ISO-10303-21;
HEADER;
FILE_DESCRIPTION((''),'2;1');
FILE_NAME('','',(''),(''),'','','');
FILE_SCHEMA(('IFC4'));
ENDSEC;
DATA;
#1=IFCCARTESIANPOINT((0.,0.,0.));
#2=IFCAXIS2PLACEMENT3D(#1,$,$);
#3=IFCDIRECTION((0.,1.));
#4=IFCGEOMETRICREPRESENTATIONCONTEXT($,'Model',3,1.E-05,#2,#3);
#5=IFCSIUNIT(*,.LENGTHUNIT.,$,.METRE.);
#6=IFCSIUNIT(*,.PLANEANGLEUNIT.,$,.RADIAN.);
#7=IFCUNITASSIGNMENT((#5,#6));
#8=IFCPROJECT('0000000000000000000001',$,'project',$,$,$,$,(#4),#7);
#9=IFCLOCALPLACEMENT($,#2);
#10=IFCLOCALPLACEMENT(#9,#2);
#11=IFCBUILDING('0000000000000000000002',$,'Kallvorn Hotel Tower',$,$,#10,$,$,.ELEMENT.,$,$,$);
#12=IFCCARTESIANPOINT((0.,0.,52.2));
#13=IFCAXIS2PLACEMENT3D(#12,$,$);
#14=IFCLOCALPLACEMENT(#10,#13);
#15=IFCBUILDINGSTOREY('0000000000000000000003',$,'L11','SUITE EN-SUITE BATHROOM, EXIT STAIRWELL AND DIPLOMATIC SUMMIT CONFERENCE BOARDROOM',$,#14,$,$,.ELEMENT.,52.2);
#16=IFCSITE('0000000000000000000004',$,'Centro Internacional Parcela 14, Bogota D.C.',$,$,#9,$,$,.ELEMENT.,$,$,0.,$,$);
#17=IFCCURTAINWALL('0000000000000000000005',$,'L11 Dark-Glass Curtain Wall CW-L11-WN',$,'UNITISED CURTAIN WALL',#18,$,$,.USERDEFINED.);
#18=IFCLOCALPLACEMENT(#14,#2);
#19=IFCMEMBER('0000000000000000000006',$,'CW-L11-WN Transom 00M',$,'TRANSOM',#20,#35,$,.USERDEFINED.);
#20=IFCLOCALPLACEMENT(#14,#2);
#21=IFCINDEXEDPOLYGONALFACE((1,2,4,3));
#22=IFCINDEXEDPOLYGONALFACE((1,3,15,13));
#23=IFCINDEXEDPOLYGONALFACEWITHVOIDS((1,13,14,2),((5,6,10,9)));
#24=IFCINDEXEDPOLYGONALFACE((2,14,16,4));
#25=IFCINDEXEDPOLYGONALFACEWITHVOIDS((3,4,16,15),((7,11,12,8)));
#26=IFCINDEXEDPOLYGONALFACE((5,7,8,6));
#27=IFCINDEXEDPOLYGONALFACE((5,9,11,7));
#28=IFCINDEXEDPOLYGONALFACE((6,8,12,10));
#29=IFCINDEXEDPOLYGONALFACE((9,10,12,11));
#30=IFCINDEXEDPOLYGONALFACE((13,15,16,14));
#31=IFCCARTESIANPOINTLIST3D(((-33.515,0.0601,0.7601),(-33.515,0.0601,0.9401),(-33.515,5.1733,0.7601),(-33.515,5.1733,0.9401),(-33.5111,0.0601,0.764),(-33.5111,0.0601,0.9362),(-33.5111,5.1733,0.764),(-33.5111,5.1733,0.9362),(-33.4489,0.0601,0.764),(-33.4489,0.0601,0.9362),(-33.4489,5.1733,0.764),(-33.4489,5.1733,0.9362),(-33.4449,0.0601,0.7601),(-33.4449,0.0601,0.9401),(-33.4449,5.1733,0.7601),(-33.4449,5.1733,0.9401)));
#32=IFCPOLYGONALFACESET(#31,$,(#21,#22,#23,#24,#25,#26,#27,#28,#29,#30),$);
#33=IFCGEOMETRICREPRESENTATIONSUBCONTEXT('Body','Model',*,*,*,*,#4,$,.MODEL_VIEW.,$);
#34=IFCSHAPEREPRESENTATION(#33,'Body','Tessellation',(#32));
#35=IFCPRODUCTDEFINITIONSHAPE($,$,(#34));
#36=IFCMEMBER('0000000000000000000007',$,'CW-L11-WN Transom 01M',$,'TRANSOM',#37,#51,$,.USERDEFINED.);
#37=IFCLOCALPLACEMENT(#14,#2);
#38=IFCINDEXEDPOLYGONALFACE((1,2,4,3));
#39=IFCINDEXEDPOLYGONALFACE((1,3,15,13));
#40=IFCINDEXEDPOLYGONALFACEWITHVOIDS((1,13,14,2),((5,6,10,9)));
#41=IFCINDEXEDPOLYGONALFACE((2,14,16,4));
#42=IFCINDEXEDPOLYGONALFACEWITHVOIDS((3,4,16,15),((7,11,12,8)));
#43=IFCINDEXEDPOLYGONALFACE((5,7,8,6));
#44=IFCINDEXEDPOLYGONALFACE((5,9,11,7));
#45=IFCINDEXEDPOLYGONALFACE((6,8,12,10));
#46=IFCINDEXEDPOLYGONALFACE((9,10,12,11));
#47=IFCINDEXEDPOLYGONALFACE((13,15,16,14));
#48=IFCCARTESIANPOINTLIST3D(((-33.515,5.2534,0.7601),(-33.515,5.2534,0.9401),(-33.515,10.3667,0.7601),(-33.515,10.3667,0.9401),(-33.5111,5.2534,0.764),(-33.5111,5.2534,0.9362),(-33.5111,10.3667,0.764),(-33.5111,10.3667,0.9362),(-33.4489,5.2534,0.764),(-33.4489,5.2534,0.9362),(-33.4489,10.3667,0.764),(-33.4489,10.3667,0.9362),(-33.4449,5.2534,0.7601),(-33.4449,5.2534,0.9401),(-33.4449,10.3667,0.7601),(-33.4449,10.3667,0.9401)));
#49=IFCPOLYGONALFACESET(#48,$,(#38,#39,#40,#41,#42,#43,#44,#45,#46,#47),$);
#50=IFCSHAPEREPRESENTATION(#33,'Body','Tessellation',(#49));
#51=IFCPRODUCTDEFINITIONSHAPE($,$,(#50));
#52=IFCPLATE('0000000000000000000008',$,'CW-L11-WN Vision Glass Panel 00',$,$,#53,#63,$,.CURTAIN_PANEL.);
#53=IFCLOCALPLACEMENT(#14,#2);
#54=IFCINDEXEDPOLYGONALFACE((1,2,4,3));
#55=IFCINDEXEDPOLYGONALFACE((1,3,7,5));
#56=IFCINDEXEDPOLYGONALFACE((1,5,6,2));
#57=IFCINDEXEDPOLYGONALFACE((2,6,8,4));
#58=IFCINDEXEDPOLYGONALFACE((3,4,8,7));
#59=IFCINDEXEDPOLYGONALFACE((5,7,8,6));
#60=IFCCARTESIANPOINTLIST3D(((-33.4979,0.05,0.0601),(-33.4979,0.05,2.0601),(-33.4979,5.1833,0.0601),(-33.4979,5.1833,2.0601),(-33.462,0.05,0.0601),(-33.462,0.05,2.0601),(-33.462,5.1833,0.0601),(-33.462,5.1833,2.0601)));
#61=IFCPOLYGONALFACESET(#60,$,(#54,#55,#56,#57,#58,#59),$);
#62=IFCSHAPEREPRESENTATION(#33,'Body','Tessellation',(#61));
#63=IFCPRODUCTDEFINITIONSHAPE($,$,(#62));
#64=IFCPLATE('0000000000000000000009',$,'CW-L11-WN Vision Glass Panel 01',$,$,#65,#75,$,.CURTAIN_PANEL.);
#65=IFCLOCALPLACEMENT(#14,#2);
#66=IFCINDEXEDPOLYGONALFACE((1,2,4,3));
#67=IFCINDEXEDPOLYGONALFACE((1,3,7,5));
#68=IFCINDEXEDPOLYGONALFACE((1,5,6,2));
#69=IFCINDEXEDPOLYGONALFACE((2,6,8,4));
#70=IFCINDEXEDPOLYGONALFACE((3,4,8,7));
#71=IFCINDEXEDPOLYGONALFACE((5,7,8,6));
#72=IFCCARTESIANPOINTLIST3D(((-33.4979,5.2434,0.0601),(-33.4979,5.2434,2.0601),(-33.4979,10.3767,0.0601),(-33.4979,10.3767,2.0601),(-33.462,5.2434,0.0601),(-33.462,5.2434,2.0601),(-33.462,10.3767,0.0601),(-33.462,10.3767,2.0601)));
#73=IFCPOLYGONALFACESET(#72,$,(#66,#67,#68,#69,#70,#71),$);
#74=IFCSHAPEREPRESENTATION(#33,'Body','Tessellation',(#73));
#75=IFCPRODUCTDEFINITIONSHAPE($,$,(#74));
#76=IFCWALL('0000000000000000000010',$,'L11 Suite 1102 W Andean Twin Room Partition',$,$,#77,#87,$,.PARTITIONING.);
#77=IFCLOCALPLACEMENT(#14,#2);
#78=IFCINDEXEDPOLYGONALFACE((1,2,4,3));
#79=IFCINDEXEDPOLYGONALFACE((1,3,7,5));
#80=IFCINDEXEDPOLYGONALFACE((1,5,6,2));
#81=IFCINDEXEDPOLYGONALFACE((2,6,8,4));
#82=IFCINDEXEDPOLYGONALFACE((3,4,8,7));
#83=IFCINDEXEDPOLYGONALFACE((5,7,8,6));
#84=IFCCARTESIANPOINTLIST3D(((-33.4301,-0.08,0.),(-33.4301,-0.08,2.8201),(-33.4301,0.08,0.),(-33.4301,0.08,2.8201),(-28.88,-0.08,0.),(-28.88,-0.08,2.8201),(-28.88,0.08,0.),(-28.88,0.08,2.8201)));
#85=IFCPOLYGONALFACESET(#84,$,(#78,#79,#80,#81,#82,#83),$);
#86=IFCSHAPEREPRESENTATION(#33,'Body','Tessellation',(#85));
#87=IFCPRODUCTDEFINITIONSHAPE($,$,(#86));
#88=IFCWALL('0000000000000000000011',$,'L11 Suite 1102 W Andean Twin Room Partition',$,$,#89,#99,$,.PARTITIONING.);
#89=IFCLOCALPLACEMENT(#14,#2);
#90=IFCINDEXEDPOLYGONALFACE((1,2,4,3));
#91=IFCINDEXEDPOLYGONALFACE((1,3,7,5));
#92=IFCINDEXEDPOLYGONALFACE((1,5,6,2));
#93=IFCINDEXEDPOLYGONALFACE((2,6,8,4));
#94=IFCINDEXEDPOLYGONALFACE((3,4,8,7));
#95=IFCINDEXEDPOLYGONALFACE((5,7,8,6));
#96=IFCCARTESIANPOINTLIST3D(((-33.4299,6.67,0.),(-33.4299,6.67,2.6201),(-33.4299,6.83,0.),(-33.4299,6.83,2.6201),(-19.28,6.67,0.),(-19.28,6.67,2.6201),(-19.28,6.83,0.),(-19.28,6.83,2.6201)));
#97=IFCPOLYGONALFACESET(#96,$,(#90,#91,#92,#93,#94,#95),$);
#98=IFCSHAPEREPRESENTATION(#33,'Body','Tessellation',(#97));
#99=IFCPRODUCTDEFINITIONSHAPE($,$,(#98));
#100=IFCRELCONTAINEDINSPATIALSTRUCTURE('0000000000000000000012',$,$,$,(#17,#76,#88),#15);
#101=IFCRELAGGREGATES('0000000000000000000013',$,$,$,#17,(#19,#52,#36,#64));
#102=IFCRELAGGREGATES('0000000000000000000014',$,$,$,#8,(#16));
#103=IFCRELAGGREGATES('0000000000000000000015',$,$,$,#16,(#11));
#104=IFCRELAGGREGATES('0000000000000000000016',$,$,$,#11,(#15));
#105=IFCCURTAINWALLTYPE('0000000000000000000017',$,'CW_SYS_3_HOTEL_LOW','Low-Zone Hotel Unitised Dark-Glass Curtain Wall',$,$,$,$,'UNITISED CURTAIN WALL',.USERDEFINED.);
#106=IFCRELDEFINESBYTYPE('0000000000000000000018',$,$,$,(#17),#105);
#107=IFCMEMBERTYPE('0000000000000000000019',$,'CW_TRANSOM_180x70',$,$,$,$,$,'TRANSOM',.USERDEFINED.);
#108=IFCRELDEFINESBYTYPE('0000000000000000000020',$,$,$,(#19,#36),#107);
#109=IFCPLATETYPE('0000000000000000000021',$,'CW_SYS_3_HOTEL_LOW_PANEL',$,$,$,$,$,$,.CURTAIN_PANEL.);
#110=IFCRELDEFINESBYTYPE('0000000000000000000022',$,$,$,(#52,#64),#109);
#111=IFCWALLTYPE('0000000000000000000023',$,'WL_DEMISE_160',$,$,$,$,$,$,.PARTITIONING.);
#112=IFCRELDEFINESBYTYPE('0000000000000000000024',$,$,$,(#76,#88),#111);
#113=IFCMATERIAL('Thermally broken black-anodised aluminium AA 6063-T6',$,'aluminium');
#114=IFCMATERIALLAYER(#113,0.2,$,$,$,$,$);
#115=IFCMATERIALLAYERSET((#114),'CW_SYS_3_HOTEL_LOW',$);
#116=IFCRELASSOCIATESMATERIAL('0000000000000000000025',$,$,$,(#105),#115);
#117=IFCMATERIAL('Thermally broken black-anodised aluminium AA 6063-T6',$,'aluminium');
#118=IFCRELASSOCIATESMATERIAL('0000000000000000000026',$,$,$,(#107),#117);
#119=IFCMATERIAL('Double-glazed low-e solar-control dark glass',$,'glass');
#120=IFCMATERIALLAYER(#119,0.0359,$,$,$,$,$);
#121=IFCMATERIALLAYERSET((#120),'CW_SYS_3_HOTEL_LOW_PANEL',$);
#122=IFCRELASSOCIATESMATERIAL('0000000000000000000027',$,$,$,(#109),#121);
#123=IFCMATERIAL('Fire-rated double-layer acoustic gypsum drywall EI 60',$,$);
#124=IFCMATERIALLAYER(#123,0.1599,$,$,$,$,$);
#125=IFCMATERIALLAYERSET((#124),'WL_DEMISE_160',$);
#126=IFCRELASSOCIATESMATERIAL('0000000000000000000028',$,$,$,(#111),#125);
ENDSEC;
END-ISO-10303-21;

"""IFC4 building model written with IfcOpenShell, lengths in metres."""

from ifc_helpers import new_model, si_unit, direction, frame, frame_2d, origin, origin_2d, place, context, subcontext, project, spatial, rectangle, hollow_rectangle, extrude, material, layer, layer_set, material_profile, profile_set, type_object, element, aggregate, save


model = new_model("IFC4")

# Units and contexts
model_context = context("Model", 3, precision=1e-05, world=origin(), true_north=direction((0.0, 1.0)))
body_context = subcontext(model_context, "Body", "Model", "MODEL_VIEW")
ifc_project = project(units=[si_unit("LENGTHUNIT", "METRE"), si_unit("PLANEANGLEUNIT", "RADIAN")], contexts=[model_context])

# Site, building, storey
site_placement = place(None, origin())
site = spatial("IfcSite", under=ifc_project, at=site_placement, Name="Centro Internacional Parcela 14, Bogota D.C.", CompositionType="ELEMENT", RefElevation=0.0)
building_placement = place(site_placement, origin())
building = spatial("IfcBuilding", under=site, at=building_placement, Name="Kallvorn Hotel Tower", CompositionType="ELEMENT")
storey_placement = place(building_placement, frame((0.0, 0.0, 52.2)))
storey = spatial("IfcBuildingStorey", under=building, at=storey_placement, Name="L11", Description="SUITE EN-SUITE BATHROOM, EXIT STAIRWELL AND DIPLOMATIC SUMMIT CONFERENCE BOARDROOM", CompositionType="ELEMENT", Elevation=52.2)

# Curtain wall, members, plates
ifc_material_1 = material(Name="Thermally broken black-anodised aluminium AA 6063-T6", Category="aluminium")
ifc_layer_1 = layer(ifc_material_1, 0.2)
ifc_layer_set_1 = layer_set([ifc_layer_1], Name="CW_SYS_3_HOTEL_LOW")
curtain_wall_type = type_object("IfcCurtainWallType", Name="CW_SYS_3_HOTEL_LOW", Description="Low-Zone Hotel Unitised Dark-Glass Curtain Wall", ElementType="UNITISED CURTAIN WALL", PredefinedType="USERDEFINED", material=ifc_layer_set_1)
curtain_wall_placement = place(storey_placement, origin())
curtain_wall = element("IfcCurtainWall", 1, at=curtain_wall_placement, inside=storey, type_object=curtain_wall_type, Name="L11 Dark-Glass Curtain Wall CW-L11-WN", ObjectType="UNITISED CURTAIN WALL", PredefinedType="USERDEFINED")
ifc_material_2 = material(Name="Thermally broken black-anodised aluminium AA 6063-T6", Category="aluminium")
ifc_material_profile_1 = material_profile(ifc_material_2, hollow_rectangle(XDim=0.0701, YDim=0.1799, WallThickness=0.0039, at=origin_2d()), Name="TRN 180x70")
ifc_profile_set_1 = profile_set([ifc_material_profile_1], Name="Thermally broken black-anodised aluminium AA 6063-T6")
member_type_1 = type_object("IfcMemberType", Name="CW_TRANSOM_180x70", ElementType="TRANSOM", PredefinedType="USERDEFINED", material=ifc_profile_set_1)
member_1_placement = place(storey_placement, frame((-33.48, 0.0601, 0.8501), z_axis=(0.0, 1.0, 0.0), x_axis=(-1.0, 0.0, 0.0)))
member_1 = element("IfcMember", 2, at=member_1_placement, type_object=member_type_1, Name="CW-L11-WN Transom 00M", ObjectType="TRANSOM", PredefinedType="USERDEFINED", context=body_context, shape_type="SweptSolid", body=[
    extrude(hollow_rectangle(XDim=0.0701, YDim=0.1799, WallThickness=0.0039, at=origin_2d()), origin(), (0.0, 0.0, 1.0), 5.1133),
])
member_2_placement = place(storey_placement, frame((-33.48, 5.2534, 0.8501), z_axis=(0.0, 1.0, 0.0), x_axis=(-1.0, 0.0, 0.0)))
member_2 = element("IfcMember", 3, at=member_2_placement, type_object=member_type_1, Name="CW-L11-WN Transom 01M", ObjectType="TRANSOM", PredefinedType="USERDEFINED", context=body_context, shape_type="SweptSolid", body=[
    extrude(hollow_rectangle(XDim=0.0701, YDim=0.1799, WallThickness=0.0039, at=origin_2d()), origin(), (0.0, 0.0, 1.0), 5.1133),
])
ifc_material_3 = material(Name="Double-glazed low-e solar-control dark glass", Category="glass")
ifc_layer_2 = layer(ifc_material_3, 0.0359)
ifc_layer_set_2 = layer_set([ifc_layer_2], Name="CW_SYS_3_HOTEL_LOW_PANEL")
plate_type = type_object("IfcPlateType", Name="CW_SYS_3_HOTEL_LOW_PANEL", PredefinedType="CURTAIN_PANEL", material=ifc_layer_set_2)
plate_1_placement = place(storey_placement, frame((-33.48, 2.6167, 0.0601), z_axis=(0.0, 0.0, 1.0), x_axis=(0.0, 1.0, 0.0)))
plate_1 = element("IfcPlate", 4, at=plate_1_placement, type_object=plate_type, Name="CW-L11-WN Vision Glass Panel 00", PredefinedType="CURTAIN_PANEL", context=body_context, shape_type="SweptSolid", body=[
    extrude(rectangle(XDim=5.1333, YDim=0.0359, at=origin_2d()), origin(), (0.0, 0.0, 1.0), 2.0),
])
plate_2_placement = place(storey_placement, frame((-33.48, 7.8101, 0.0601), z_axis=(0.0, 0.0, 1.0), x_axis=(0.0, 1.0, 0.0)))
plate_2 = element("IfcPlate", 5, at=plate_2_placement, type_object=plate_type, Name="CW-L11-WN Vision Glass Panel 01", PredefinedType="CURTAIN_PANEL", context=body_context, shape_type="SweptSolid", body=[
    extrude(rectangle(XDim=5.1333, YDim=0.0359, at=origin_2d()), origin(), (0.0, 0.0, 1.0), 2.0),
])
aggregate(curtain_wall, [member_1, plate_1, member_2, plate_2])

# Walls
ifc_material_4 = material(Name="Fire-rated double-layer acoustic gypsum drywall EI 60")
ifc_layer_3 = layer(ifc_material_4, 0.1599)
ifc_layer_set_3 = layer_set([ifc_layer_3], Name="WL_DEMISE_160")
wall_type = type_object("IfcWallType", Name="WL_DEMISE_160", PredefinedType="PARTITIONING", material=ifc_layer_set_3)
wall_1_placement = place(storey_placement, frame((-33.4299, 0.0, 0.0), z_axis=(0.0, 0.0, 1.0), x_axis=(1.0, 0.0, 0.0)))
element("IfcWall", 6, at=wall_1_placement, inside=storey, type_object=wall_type, Name="L11 Suite 1102 W Andean Twin Room Partition", PredefinedType="PARTITIONING", context=body_context, shape_type="SweptSolid", body=[
    extrude(rectangle(XDim=4.55, YDim=0.1599, at=frame_2d((2.2749, 0.0))), origin(), (0.0, 0.0, 1.0), 2.8201),
])
wall_2_placement = place(storey_placement, frame((-33.4299, 6.75, 0.0), z_axis=(0.0, 0.0, 1.0), x_axis=(1.0, 0.0, 0.0)))
element("IfcWall", 7, at=wall_2_placement, inside=storey, type_object=wall_type, Name="L11 Suite 1102 W Andean Twin Room Partition", PredefinedType="PARTITIONING", context=body_context, shape_type="SweptSolid", body=[
    extrude(rectangle(XDim=14.1499, YDim=0.1599, at=frame_2d((7.075, 0.0))), origin(), (0.0, 0.0, 1.0), 2.6201),
])

save(model, "model.ifc")
